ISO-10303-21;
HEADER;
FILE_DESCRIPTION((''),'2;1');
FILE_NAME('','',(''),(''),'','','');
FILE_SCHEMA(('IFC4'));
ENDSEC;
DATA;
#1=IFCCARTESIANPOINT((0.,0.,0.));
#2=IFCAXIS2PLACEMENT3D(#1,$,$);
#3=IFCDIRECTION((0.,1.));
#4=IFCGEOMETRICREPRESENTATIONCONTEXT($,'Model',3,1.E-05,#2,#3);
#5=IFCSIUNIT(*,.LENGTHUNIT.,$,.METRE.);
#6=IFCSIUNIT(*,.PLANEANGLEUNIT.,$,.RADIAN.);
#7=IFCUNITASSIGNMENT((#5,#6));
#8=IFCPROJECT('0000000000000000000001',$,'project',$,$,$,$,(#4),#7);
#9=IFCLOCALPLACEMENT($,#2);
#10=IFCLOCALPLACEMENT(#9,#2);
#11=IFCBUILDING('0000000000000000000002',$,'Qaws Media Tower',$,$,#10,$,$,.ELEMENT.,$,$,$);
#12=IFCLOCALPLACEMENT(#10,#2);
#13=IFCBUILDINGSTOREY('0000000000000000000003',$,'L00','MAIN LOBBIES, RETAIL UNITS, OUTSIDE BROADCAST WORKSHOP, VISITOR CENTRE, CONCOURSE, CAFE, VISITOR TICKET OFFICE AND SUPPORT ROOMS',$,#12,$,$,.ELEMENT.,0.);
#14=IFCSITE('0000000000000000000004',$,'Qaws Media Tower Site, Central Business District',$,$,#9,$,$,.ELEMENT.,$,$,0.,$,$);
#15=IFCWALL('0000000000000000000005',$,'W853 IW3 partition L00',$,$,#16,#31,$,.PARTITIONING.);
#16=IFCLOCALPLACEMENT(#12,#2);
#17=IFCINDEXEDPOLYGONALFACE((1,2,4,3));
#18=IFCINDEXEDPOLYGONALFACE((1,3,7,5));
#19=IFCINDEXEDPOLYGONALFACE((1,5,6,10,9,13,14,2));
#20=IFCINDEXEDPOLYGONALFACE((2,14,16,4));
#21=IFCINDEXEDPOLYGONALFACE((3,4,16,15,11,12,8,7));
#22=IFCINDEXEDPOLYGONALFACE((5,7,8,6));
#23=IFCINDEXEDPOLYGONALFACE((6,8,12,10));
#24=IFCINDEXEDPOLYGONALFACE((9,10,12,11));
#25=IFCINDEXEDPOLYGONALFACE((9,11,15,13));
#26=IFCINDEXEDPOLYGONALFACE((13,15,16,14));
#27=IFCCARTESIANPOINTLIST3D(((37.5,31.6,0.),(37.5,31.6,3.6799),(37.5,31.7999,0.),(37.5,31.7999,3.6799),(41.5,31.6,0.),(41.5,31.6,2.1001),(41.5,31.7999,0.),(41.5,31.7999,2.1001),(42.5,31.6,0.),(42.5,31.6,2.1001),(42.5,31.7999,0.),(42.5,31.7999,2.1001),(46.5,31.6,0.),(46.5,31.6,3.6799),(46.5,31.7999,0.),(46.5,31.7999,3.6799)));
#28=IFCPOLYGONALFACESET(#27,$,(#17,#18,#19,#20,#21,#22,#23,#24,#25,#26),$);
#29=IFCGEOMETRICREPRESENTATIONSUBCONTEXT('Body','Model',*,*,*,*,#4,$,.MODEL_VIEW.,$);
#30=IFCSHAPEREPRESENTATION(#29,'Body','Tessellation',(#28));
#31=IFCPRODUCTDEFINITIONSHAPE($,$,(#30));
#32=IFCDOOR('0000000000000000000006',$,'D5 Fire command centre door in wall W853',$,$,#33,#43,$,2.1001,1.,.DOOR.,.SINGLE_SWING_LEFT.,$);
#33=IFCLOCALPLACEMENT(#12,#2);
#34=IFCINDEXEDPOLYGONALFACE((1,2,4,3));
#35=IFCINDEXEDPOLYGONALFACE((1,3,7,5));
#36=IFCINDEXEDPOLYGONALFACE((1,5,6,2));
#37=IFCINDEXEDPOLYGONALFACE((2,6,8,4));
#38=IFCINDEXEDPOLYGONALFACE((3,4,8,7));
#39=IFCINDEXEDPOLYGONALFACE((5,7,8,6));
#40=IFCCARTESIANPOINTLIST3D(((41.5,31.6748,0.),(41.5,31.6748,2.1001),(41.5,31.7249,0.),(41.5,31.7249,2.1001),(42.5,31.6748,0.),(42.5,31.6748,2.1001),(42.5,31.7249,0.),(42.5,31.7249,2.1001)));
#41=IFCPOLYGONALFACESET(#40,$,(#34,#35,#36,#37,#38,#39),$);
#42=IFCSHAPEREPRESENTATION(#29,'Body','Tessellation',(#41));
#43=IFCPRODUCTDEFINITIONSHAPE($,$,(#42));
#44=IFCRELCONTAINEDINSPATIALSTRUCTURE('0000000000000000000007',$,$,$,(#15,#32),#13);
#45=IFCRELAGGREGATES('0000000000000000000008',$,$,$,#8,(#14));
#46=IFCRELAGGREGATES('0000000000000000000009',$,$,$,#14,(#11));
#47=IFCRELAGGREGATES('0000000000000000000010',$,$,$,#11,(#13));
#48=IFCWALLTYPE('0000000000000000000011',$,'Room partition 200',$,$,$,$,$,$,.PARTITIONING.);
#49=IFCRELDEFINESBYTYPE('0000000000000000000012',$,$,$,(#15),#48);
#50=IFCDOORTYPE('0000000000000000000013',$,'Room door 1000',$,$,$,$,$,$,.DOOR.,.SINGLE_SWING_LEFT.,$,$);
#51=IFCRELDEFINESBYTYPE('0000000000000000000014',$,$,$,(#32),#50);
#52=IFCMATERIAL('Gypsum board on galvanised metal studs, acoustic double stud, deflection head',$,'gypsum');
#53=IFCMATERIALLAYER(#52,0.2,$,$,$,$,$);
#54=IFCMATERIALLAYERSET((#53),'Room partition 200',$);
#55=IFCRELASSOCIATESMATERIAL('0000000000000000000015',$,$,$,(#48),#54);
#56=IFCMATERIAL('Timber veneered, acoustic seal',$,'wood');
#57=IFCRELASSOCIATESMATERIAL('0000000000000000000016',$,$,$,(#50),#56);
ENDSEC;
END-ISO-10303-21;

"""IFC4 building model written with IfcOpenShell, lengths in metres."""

from ifc_helpers import new_model, si_unit, direction, frame, frame_2d, origin, place, context, subcontext, project, spatial, rectangle, extrude, material, layer, layer_set, type_object, element, fill, save


model = new_model("IFC4")

# Units and contexts
model_context = context("Model", 3, precision=1e-05, world=origin(), true_north=direction((0.0, 1.0)))
body_context = subcontext(model_context, "Body", "Model", "MODEL_VIEW")
ifc_project = project(units=[si_unit("LENGTHUNIT", "METRE"), si_unit("PLANEANGLEUNIT", "RADIAN")], contexts=[model_context])

# Site, building, storey
site_placement = place(None, origin())
site = spatial("IfcSite", under=ifc_project, at=site_placement, Name="Qaws Media Tower Site, Central Business District", CompositionType="ELEMENT", RefElevation=0.0)
building_placement = place(site_placement, origin())
building = spatial("IfcBuilding", under=site, at=building_placement, Name="Qaws Media Tower", CompositionType="ELEMENT")
storey_placement = place(building_placement, origin())
storey = spatial("IfcBuildingStorey", under=building, at=storey_placement, Name="L00", Description="MAIN LOBBIES, RETAIL UNITS, OUTSIDE BROADCAST WORKSHOP, VISITOR CENTRE, CONCOURSE, CAFE, VISITOR TICKET OFFICE AND SUPPORT ROOMS", CompositionType="ELEMENT", Elevation=0.0)

# Shared definitions
ifc_material_1 = material(Name="Gypsum board on galvanised metal studs, acoustic double stud, deflection head", Category="gypsum")
ifc_layer_1 = layer(ifc_material_1, 0.2)
ifc_layer_set_1 = layer_set([ifc_layer_1], Name="Room partition 200")
wall_type_1 = type_object("IfcWallType", Name="Room partition 200", PredefinedType="PARTITIONING", material=ifc_layer_set_1)

# Wall, opening, door
wall_1_placement = place(storey_placement, frame((37.5, 31.7, 0.0), z_axis=(0.0, 0.0, 1.0), x_axis=(1.0, 0.0, 0.0)))
wall_1 = element("IfcWall", 1, at=wall_1_placement, inside=storey, type_object=wall_type_1, Name="W853 IW3 partition L00", PredefinedType="PARTITIONING", context=body_context, shape_type="SweptSolid", body=[
    extrude(rectangle(XDim=9.0, YDim=0.2, at=frame_2d((4.5, 0.0))), origin(), (0.0, 0.0, 1.0), 3.6799),
])
opening_1_placement = place(wall_1_placement, frame((4.0, 0.0, 0.0)))
opening_1 = element("IfcOpeningElement", 2, at=opening_1_placement, cuts=wall_1, PredefinedType="OPENING", context=body_context, shape_type="SweptSolid", body=[
    extrude(rectangle(XDim=1.0, YDim=2.1001, at=frame_2d((0.5, 1.05))), frame((0.0, 0.1099, 0.0), z_axis=(0.0, -1.0, 0.0), x_axis=(1.0, 0.0, 0.0)), (0.0, 0.0, 1.0), 0.22),
])
ifc_material_2 = material(Name="Timber veneered, acoustic seal", Category="wood")
door_type_1 = type_object("IfcDoorType", Name="Room door 1000", OperationType="SINGLE_SWING_LEFT", PredefinedType="DOOR", material=ifc_material_2)
door_1_placement = place(opening_1_placement, origin())
door_1 = element("IfcDoor", 3, at=door_1_placement, inside=storey, type_object=door_type_1, Name="D5 Fire command centre door in wall W853", OperationType="SINGLE_SWING_LEFT", OverallHeight=2.1001, OverallWidth=1.0, PredefinedType="DOOR", context=body_context, shape_type="SweptSolid", body=[
    extrude(rectangle(XDim=1.0, YDim=2.1001, at=frame_2d((0.5, 1.05))), frame((0.0, 0.0249, 0.0), z_axis=(0.0, -1.0, 0.0), x_axis=(1.0, 0.0, 0.0)), (0.0, 0.0, 1.0), 0.05),
])
fill(opening_1, door_1)

save(model, "model.ifc")
